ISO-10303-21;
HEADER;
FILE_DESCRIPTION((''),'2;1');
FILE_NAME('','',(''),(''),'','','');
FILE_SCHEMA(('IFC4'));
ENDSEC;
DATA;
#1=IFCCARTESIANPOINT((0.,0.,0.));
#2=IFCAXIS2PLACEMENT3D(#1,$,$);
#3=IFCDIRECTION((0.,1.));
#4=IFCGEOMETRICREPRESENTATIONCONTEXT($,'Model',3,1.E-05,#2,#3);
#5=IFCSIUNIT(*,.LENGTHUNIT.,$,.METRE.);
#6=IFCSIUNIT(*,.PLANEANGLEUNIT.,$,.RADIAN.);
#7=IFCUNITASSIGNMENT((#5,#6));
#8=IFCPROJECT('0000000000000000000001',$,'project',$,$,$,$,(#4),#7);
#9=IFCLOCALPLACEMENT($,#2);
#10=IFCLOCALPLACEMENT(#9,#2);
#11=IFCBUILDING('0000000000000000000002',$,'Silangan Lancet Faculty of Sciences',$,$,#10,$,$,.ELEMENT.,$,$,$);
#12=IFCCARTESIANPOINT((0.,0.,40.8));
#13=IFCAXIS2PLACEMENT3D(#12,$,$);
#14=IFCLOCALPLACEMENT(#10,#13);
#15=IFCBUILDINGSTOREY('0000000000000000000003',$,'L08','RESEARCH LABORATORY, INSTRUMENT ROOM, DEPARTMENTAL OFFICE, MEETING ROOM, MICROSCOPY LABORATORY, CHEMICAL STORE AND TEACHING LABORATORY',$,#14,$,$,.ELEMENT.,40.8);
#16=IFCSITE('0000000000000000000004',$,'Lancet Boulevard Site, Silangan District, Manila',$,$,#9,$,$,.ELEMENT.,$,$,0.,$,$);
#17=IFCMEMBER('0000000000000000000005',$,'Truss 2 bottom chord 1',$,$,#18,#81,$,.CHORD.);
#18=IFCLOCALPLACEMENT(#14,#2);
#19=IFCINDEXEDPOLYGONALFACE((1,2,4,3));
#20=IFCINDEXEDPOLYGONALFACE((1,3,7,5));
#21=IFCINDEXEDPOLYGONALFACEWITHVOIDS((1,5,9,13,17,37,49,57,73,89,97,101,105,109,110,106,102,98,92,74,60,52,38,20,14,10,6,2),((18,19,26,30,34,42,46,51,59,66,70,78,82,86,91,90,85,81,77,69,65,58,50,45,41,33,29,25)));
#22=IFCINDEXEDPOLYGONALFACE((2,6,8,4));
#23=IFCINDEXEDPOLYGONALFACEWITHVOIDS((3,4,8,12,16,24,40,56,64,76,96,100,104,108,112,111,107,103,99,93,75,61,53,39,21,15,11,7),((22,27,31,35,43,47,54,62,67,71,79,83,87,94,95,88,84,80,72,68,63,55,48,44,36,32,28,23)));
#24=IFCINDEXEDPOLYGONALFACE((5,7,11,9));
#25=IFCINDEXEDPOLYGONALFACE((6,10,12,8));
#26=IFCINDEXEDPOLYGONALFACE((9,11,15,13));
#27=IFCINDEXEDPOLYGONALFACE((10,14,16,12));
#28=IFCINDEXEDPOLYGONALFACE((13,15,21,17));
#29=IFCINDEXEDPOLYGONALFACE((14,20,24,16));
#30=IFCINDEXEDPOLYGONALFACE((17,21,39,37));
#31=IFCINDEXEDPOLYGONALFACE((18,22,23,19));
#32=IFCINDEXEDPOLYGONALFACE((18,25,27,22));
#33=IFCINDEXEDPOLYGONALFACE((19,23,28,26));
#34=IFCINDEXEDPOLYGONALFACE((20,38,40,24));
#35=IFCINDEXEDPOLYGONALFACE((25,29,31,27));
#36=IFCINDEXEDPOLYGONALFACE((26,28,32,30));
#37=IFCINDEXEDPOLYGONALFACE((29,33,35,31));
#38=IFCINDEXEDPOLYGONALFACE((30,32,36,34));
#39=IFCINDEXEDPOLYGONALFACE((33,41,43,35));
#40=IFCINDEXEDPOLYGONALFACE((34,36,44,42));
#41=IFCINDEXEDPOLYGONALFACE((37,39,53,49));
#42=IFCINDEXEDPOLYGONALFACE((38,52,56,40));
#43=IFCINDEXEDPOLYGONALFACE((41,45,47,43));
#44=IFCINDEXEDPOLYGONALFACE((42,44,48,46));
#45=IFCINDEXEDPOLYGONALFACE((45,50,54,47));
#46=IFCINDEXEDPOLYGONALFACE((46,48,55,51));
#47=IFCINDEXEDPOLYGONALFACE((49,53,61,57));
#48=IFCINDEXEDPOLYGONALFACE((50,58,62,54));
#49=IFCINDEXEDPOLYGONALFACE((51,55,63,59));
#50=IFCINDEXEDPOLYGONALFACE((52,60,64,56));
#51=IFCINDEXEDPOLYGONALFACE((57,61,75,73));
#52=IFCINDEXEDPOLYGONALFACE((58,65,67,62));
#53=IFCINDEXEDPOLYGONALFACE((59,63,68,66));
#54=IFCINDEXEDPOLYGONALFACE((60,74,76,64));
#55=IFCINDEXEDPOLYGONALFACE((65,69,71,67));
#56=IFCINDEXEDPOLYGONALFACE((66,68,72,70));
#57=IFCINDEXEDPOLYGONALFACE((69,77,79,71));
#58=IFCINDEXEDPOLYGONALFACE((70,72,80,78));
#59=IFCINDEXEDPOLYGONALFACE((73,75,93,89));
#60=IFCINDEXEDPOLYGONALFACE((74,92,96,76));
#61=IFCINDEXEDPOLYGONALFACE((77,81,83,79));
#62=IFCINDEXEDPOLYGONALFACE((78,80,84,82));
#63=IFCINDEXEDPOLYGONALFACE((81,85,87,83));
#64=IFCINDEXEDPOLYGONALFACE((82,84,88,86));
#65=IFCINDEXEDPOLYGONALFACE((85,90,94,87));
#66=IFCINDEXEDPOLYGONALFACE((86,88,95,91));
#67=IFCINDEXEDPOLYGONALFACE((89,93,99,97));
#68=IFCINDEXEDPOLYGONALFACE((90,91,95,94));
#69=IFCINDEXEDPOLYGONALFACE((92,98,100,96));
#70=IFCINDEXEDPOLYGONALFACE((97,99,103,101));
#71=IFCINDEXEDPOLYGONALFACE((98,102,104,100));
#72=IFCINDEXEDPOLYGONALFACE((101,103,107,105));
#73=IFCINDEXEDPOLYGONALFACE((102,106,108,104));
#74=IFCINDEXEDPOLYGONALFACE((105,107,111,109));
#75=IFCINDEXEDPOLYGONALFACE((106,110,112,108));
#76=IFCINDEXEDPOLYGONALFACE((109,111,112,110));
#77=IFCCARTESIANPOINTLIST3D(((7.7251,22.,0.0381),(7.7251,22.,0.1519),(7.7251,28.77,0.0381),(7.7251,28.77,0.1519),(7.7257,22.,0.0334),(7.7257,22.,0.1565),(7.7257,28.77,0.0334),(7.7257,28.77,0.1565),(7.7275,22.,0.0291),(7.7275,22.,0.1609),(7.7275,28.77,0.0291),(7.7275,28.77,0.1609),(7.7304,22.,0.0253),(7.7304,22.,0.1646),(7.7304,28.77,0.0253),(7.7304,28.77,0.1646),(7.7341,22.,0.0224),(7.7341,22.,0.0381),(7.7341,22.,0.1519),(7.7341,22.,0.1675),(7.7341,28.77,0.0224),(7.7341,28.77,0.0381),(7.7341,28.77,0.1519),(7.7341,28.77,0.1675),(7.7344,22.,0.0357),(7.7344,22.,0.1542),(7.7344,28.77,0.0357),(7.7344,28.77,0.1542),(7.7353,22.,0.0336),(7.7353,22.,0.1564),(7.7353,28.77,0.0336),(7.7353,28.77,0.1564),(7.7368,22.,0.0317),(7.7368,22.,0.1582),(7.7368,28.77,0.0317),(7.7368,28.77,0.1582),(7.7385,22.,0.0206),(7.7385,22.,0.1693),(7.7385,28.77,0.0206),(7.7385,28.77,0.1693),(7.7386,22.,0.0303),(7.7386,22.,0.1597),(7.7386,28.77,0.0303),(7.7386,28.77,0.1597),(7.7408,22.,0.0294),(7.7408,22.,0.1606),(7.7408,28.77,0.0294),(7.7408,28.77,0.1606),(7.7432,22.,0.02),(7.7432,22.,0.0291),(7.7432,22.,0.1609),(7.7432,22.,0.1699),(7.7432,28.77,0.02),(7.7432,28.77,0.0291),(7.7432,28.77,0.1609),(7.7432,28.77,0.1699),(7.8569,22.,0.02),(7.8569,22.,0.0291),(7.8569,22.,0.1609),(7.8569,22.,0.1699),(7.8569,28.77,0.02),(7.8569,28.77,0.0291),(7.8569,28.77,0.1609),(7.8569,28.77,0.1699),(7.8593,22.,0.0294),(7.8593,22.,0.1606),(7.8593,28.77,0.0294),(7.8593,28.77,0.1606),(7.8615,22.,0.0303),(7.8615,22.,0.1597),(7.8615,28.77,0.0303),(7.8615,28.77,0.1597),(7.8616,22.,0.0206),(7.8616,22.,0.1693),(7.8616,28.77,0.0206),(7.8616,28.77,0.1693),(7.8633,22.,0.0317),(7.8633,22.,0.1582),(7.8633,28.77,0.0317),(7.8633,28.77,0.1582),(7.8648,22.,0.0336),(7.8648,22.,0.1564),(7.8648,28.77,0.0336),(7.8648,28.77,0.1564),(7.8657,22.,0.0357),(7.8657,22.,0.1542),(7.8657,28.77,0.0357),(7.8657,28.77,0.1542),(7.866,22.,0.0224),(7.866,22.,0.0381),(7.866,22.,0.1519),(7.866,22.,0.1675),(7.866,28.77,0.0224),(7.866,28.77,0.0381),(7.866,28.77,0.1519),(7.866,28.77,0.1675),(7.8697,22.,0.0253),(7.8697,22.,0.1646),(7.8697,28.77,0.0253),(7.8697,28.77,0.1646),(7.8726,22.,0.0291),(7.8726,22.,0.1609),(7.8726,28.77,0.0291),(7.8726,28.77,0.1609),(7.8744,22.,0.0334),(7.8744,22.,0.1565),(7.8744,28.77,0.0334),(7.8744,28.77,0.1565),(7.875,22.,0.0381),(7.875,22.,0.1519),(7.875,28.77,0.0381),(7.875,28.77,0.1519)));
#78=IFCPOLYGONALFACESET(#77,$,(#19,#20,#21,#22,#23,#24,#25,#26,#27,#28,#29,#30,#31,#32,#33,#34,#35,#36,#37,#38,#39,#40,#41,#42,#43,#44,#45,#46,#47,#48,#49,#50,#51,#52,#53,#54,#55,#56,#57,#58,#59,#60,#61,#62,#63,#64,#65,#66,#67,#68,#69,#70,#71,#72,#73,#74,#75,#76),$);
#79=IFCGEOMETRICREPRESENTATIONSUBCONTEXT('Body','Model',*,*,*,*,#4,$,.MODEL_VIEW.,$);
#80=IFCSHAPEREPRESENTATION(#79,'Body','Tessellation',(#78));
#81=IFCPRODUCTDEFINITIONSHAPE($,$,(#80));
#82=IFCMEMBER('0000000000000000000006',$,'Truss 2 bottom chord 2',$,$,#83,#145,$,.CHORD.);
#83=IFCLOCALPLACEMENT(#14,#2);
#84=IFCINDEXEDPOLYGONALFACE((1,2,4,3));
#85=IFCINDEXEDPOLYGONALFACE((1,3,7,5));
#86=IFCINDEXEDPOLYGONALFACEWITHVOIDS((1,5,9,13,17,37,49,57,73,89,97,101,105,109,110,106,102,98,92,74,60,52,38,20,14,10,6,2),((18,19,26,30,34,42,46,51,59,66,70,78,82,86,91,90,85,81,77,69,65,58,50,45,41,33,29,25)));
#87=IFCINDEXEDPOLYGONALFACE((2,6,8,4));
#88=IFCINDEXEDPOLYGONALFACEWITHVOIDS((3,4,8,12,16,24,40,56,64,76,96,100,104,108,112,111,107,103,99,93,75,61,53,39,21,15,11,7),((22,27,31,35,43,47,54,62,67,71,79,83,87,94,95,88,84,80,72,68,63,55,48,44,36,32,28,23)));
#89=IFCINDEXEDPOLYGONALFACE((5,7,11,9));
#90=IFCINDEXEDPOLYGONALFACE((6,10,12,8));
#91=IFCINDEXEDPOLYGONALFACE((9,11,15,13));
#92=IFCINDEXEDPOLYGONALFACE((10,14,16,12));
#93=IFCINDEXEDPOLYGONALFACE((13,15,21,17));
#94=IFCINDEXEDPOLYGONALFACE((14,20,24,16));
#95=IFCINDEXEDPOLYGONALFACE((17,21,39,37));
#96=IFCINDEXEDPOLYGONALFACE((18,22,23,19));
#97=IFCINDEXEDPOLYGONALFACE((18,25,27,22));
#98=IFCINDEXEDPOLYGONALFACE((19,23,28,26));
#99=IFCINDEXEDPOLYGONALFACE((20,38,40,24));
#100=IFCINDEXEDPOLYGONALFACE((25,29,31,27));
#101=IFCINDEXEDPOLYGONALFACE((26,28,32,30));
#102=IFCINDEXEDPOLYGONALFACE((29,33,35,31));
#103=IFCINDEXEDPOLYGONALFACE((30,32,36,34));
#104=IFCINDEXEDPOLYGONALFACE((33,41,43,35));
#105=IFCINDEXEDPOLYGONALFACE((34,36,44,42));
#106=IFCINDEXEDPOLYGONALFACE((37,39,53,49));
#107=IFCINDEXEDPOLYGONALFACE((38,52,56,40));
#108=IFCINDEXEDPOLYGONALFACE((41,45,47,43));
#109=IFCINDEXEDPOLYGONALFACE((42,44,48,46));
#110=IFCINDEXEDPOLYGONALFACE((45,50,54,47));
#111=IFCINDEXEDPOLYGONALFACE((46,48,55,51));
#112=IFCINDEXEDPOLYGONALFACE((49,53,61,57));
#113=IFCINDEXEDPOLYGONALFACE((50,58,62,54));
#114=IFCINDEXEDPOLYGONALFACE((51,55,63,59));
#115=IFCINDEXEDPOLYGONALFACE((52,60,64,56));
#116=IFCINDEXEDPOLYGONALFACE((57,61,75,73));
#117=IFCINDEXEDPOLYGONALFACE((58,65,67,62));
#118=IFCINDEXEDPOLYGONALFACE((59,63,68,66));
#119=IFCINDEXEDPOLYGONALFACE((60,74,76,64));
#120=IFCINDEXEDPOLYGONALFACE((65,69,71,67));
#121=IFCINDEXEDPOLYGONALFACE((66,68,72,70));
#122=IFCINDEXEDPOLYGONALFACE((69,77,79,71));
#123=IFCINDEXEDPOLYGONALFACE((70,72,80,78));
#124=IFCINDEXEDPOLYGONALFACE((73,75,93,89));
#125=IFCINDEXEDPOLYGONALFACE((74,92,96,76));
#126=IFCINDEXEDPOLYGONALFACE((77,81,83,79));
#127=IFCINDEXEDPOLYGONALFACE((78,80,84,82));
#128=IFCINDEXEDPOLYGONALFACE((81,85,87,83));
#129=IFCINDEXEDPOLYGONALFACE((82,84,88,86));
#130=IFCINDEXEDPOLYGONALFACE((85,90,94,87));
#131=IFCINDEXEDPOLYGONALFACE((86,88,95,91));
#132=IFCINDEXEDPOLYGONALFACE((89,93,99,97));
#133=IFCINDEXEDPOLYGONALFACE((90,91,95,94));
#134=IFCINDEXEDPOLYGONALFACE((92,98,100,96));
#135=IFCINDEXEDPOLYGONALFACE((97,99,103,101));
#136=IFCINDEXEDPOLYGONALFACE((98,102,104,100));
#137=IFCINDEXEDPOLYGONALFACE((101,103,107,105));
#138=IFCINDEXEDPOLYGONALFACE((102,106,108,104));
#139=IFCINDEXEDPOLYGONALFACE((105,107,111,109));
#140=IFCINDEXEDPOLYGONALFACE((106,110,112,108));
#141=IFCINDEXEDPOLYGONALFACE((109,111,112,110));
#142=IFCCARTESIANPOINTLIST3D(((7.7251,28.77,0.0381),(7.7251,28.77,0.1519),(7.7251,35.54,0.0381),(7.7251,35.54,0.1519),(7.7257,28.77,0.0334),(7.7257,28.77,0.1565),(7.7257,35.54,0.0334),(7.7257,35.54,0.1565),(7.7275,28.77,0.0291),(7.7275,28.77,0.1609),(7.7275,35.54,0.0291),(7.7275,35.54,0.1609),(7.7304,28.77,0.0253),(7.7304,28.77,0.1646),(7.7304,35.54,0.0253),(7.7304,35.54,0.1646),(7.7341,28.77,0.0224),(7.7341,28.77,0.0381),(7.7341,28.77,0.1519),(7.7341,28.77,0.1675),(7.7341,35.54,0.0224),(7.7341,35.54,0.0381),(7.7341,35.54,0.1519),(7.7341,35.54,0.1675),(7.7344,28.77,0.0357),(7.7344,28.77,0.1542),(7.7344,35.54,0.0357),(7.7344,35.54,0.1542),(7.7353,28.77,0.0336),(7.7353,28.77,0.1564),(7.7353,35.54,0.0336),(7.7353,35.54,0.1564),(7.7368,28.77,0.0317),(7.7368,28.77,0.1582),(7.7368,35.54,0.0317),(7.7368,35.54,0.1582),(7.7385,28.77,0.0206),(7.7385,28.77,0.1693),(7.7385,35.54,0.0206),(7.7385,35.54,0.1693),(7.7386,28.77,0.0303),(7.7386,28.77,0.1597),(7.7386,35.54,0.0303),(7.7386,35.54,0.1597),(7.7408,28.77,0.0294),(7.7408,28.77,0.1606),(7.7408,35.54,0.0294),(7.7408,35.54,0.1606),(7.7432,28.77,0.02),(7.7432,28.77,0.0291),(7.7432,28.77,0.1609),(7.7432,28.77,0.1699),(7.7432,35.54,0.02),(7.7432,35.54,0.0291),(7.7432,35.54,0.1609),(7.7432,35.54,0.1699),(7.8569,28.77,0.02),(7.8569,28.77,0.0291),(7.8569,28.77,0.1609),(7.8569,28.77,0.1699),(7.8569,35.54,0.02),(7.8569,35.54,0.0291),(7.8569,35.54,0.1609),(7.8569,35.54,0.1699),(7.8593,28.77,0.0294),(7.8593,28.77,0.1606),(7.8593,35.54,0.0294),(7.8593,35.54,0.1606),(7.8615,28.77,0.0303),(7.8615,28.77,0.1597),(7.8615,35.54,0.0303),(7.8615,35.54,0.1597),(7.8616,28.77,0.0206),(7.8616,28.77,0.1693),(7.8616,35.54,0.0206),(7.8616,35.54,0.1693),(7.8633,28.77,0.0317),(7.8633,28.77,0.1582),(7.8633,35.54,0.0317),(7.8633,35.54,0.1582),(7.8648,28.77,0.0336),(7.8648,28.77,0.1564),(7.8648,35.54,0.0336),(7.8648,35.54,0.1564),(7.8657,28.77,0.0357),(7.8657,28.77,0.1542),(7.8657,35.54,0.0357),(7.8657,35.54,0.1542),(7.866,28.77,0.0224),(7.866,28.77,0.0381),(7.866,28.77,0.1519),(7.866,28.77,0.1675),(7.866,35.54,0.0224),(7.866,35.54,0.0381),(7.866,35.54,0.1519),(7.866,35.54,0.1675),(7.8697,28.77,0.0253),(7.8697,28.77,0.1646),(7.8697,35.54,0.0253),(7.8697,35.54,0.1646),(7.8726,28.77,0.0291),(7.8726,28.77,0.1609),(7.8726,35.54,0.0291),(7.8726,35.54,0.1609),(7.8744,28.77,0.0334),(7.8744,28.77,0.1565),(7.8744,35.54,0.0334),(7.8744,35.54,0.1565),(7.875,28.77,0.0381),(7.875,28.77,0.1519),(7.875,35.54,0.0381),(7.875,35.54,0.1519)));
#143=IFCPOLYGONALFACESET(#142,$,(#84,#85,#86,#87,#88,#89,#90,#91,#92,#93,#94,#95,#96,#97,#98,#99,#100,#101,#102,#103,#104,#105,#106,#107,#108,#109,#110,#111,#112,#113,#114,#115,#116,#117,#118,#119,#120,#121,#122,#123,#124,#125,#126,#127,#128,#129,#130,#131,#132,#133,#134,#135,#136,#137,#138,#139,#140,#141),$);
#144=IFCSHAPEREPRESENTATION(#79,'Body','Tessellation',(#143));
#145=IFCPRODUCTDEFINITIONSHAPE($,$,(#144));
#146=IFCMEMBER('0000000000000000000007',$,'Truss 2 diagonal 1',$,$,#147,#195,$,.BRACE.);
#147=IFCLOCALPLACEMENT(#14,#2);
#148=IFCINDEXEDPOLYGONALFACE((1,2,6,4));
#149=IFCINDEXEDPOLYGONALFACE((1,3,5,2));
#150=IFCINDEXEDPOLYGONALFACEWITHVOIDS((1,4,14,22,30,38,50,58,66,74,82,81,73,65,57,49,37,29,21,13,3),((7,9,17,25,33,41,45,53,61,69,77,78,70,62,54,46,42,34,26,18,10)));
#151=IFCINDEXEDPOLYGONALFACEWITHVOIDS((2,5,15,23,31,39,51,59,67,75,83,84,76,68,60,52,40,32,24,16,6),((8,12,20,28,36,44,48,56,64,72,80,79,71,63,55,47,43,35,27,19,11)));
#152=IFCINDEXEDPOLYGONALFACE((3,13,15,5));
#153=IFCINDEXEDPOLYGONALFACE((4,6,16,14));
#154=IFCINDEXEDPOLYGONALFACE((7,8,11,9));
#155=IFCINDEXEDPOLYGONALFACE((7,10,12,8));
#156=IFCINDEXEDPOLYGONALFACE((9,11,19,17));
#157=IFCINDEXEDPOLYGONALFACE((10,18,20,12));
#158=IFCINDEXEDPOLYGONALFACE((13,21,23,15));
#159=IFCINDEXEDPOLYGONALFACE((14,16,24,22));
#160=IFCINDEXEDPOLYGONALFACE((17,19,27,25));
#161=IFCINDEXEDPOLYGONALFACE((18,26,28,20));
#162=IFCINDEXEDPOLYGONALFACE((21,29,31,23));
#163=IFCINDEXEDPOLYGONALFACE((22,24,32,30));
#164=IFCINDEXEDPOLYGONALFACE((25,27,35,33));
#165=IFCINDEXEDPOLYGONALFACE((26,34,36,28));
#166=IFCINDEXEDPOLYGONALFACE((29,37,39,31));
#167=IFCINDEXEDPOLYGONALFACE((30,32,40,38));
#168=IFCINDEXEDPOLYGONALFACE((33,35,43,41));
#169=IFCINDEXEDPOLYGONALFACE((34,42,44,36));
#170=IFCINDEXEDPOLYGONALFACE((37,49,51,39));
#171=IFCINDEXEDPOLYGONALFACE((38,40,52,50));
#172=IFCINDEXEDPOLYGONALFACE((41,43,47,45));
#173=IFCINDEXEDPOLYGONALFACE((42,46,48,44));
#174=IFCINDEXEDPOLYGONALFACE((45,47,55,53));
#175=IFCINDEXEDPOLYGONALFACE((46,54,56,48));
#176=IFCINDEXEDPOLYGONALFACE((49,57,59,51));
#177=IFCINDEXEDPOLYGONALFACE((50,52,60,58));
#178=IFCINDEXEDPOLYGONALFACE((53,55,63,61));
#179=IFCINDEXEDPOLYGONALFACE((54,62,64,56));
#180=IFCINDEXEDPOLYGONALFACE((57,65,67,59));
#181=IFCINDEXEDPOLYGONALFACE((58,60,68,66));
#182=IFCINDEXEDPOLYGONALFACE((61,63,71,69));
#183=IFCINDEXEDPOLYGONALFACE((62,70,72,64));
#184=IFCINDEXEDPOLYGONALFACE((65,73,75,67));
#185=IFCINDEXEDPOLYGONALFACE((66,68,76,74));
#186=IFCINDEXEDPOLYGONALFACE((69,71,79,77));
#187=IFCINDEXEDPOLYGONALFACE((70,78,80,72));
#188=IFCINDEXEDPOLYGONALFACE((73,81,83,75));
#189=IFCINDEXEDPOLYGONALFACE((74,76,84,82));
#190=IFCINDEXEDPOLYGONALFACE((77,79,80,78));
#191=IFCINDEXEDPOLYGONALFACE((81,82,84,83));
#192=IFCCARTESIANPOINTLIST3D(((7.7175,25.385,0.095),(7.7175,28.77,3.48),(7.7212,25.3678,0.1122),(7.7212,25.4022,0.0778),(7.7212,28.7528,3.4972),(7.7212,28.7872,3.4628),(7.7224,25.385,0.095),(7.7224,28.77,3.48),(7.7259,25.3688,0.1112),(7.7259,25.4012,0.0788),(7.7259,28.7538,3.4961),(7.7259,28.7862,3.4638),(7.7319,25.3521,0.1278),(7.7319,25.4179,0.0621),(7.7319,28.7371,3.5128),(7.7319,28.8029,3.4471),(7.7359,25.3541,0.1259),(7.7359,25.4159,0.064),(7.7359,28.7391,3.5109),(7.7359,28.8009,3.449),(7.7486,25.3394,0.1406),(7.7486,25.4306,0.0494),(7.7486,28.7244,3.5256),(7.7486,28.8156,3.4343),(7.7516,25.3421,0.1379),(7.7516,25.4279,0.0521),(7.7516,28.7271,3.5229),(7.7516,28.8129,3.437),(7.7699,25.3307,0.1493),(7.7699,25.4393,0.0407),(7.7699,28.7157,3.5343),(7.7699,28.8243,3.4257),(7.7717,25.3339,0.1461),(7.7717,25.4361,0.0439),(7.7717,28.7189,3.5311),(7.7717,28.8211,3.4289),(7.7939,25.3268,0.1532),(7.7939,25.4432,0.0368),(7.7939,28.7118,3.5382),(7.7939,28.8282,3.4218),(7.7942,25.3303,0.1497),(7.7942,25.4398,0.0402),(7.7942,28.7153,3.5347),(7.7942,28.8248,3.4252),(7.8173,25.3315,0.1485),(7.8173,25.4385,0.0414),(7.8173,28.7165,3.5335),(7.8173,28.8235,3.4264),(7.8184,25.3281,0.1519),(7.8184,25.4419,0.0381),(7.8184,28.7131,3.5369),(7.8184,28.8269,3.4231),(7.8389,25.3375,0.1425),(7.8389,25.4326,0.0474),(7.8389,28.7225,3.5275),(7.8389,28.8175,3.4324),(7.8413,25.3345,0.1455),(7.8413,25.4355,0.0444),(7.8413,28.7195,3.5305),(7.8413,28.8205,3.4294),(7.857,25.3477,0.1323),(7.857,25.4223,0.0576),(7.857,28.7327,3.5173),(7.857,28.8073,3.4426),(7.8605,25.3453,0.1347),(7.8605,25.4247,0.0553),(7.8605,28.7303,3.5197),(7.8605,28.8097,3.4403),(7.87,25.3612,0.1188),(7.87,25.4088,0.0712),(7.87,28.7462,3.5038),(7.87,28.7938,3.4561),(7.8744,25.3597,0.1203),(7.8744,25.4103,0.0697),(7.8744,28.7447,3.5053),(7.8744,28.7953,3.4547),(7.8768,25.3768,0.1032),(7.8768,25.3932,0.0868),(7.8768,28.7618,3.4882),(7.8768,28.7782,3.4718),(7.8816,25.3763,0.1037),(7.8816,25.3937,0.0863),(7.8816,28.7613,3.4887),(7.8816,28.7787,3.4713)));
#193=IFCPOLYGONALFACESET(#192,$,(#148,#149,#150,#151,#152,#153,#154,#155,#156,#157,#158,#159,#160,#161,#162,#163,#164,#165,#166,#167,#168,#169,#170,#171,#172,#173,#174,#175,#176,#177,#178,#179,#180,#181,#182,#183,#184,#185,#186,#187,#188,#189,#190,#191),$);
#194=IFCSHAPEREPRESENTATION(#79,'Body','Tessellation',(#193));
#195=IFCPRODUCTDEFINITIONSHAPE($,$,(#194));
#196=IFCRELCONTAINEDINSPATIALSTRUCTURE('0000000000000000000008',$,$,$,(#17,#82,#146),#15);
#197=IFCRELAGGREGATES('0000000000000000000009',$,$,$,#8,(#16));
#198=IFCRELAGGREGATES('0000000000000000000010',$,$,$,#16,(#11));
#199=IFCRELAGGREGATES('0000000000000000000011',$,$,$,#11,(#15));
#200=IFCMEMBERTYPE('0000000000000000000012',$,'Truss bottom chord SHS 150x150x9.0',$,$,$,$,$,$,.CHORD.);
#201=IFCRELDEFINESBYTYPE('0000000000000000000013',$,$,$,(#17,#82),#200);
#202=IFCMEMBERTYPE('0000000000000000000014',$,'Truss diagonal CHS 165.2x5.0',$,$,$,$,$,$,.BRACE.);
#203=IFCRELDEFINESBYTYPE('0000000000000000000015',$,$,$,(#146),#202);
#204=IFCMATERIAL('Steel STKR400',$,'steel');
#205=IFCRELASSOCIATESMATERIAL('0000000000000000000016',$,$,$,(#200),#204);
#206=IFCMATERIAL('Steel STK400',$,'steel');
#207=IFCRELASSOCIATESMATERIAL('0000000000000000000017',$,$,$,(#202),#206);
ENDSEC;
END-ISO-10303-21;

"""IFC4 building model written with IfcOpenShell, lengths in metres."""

from ifc_helpers import new_model, si_unit, direction, frame, origin, origin_2d, place, context, subcontext, project, spatial, hollow_rectangle, hollow_circle, extrude, material, material_profile, profile_set, type_object, element, save


model = new_model("IFC4")

# Units and contexts
model_context = context("Model", 3, precision=1e-05, world=origin(), true_north=direction((0.0, 1.0)))
body_context = subcontext(model_context, "Body", "Model", "MODEL_VIEW")
ifc_project = project(units=[si_unit("LENGTHUNIT", "METRE"), si_unit("PLANEANGLEUNIT", "RADIAN")], contexts=[model_context])

# Site, building, storey
site_placement = place(None, origin())
site = spatial("IfcSite", under=ifc_project, at=site_placement, Name="Lancet Boulevard Site, Silangan District, Manila", CompositionType="ELEMENT", RefElevation=0.0)
building_placement = place(site_placement, origin())
building = spatial("IfcBuilding", under=site, at=building_placement, Name="Silangan Lancet Faculty of Sciences", CompositionType="ELEMENT")
storey_placement = place(building_placement, frame((0.0, 0.0, 40.8)))
storey = spatial("IfcBuildingStorey", under=building, at=storey_placement, Name="L08", Description="RESEARCH LABORATORY, INSTRUMENT ROOM, DEPARTMENTAL OFFICE, MEETING ROOM, MICROSCOPY LABORATORY, CHEMICAL STORE AND TEACHING LABORATORY", CompositionType="ELEMENT", Elevation=40.8)

# Members
ifc_material_1 = material(Name="Steel STKR400", Category="steel")
ifc_material_profile_1 = material_profile(ifc_material_1, hollow_rectangle(XDim=0.1499, YDim=0.1499, WallThickness=0.009, InnerFilletRadius=0.009, OuterFilletRadius=0.0181, at=origin_2d()), Name="SHS 150x150x9.0")
ifc_profile_set_1 = profile_set([ifc_material_profile_1], Name="Steel STKR400")
member_type_1 = type_object("IfcMemberType", Name="Truss bottom chord SHS 150x150x9.0", PredefinedType="CHORD", material=ifc_profile_set_1)
for number, where, z_axis, x_axis, name in (
    (1, (7.8, 22.0, 0.095), (0.0, 1.0, 0.0), (-1.0, 0.0, 0.0), "Truss 2 bottom chord 1"),
    (2, (7.8, 28.77, 0.095), (0.0, 1.0, 0.0), (-1.0, 0.0, 0.0), "Truss 2 bottom chord 2"),
):
    element("IfcMember", number, at=place(storey_placement, frame(where, z_axis=z_axis, x_axis=x_axis)), inside=storey, type_object=member_type_1, Name=name, PredefinedType="CHORD", context=body_context, shape_type="SweptSolid", body=[
        extrude(hollow_rectangle(XDim=0.1499, YDim=0.1499, WallThickness=0.009, InnerFilletRadius=0.009, OuterFilletRadius=0.0181, at=origin_2d()), origin(), (0.0, 0.0, 1.0), 6.77),
    ])
ifc_material_2 = material(Name="Steel STK400", Category="steel")
ifc_material_profile_2 = material_profile(ifc_material_2, hollow_circle(Radius=0.0825, WallThickness=0.0049, at=origin_2d()), Name="CHS 165.2x5.0")
ifc_profile_set_2 = profile_set([ifc_material_profile_2], Name="Steel STK400")
member_type_2 = type_object("IfcMemberType", Name="Truss diagonal CHS 165.2x5.0", PredefinedType="BRACE", material=ifc_profile_set_2)
member_1_placement = place(storey_placement, frame((7.8, 25.385, 0.095), z_axis=(0.0, 0.707107, 0.707107), x_axis=(-1.0, 0.0, 0.0)))
element("IfcMember", 3, at=member_1_placement, inside=storey, type_object=member_type_2, Name="Truss 2 diagonal 1", PredefinedType="BRACE", context=body_context, shape_type="SweptSolid", body=[
    extrude(hollow_circle(Radius=0.0825, WallThickness=0.0049, at=origin_2d()), origin(), (0.0, 0.0, 1.0), 4.7871),
])

save(model, "model.ifc")
